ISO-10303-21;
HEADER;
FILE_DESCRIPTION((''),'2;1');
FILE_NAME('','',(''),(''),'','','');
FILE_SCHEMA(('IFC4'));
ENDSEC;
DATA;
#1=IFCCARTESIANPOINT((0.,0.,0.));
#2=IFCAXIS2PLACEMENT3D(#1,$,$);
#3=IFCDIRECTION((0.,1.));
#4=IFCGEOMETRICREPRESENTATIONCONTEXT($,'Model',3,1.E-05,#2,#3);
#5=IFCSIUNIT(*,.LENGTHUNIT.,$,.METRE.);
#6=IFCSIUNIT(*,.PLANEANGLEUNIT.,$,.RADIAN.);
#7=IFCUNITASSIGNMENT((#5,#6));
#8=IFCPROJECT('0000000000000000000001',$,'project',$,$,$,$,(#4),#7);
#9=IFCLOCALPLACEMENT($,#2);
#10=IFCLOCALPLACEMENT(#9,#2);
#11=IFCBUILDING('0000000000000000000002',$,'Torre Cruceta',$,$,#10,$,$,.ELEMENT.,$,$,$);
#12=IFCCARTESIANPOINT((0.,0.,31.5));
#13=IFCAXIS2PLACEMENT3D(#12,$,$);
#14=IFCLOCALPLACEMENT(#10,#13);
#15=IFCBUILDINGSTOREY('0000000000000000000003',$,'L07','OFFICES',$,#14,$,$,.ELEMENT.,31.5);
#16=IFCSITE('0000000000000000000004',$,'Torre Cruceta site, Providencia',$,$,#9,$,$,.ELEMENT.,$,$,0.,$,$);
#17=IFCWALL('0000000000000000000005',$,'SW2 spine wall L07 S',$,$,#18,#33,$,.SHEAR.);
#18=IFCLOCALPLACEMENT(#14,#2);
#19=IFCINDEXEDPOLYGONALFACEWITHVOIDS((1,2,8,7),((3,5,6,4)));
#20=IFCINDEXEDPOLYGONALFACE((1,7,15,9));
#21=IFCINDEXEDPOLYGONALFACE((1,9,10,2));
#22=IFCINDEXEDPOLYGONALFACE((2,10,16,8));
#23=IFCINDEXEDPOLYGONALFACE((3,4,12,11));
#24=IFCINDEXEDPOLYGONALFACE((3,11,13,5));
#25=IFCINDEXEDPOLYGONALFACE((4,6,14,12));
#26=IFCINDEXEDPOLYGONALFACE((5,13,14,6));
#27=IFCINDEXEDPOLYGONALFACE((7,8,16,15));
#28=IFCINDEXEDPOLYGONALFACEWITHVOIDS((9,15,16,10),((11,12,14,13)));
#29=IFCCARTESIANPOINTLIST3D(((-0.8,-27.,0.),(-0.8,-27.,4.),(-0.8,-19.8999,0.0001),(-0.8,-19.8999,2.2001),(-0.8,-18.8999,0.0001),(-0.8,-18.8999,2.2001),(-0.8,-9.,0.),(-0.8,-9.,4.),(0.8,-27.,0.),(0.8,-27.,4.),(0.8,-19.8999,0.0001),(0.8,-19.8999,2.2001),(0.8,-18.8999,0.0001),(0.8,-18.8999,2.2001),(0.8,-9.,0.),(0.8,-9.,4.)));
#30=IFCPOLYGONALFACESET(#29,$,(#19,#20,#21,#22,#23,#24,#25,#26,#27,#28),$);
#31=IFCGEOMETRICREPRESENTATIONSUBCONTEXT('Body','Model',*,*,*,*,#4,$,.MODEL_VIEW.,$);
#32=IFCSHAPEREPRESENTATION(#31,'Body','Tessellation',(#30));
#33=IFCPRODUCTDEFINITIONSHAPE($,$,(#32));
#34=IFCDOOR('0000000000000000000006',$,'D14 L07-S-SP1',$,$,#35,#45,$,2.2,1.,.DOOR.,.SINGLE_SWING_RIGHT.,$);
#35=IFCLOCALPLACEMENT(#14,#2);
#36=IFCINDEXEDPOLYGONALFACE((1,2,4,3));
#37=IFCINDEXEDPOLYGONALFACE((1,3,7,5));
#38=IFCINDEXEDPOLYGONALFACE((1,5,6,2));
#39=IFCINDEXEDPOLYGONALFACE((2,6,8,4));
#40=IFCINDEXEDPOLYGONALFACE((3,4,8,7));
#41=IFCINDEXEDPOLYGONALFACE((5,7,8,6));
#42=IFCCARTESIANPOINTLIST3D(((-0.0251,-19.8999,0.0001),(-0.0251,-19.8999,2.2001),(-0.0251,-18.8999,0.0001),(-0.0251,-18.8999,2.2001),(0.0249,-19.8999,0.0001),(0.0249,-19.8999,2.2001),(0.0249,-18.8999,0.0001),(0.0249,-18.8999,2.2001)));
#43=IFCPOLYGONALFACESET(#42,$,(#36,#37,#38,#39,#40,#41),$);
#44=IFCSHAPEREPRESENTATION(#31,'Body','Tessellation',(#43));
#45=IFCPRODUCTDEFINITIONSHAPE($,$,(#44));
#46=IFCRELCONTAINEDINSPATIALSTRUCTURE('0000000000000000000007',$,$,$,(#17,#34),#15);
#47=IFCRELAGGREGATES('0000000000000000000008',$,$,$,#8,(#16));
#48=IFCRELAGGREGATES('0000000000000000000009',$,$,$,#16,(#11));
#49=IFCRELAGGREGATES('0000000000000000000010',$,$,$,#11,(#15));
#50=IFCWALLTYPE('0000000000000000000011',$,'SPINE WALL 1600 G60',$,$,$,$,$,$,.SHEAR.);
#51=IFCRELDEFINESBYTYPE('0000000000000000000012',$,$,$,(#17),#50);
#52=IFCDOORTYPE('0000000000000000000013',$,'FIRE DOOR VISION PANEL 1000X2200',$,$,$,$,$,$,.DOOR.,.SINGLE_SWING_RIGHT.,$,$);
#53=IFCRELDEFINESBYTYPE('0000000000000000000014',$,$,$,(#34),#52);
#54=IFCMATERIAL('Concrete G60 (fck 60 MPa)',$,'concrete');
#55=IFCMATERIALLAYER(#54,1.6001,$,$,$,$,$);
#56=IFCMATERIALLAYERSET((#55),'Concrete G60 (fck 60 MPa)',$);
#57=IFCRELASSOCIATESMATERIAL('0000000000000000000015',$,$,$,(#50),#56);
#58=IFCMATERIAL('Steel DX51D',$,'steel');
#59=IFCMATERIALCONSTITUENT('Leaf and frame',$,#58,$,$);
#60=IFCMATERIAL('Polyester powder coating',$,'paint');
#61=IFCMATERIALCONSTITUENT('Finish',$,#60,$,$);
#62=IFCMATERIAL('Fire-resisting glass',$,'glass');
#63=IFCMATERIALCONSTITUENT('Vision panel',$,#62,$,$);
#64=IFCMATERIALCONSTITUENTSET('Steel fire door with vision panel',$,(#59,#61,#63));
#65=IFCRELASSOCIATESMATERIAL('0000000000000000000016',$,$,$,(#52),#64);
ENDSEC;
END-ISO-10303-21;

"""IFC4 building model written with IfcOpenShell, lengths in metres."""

from ifc_helpers import new_model, si_unit, direction, frame, frame_2d, origin, place, context, subcontext, project, spatial, rectangle, extrude, material, layer, layer_set, constituent, constituent_set, type_object, element, fill, save


model = new_model("IFC4")

# Units and contexts
model_context = context("Model", 3, precision=1e-05, world=origin(), true_north=direction((0.0, 1.0)))
body_context = subcontext(model_context, "Body", "Model", "MODEL_VIEW")
ifc_project = project(units=[si_unit("LENGTHUNIT", "METRE"), si_unit("PLANEANGLEUNIT", "RADIAN")], contexts=[model_context])

# Site, building, storey
site_placement = place(None, origin())
site = spatial("IfcSite", under=ifc_project, at=site_placement, Name="Torre Cruceta site, Providencia", CompositionType="ELEMENT", RefElevation=0.0)
building_placement = place(site_placement, origin())
building = spatial("IfcBuilding", under=site, at=building_placement, Name="Torre Cruceta", CompositionType="ELEMENT")
storey_placement = place(building_placement, frame((0.0, 0.0, 31.5)))
storey = spatial("IfcBuildingStorey", under=building, at=storey_placement, Name="L07", Description="OFFICES", CompositionType="ELEMENT", Elevation=31.5)

# Wall, opening, door
ifc_material_1 = material(Name="Concrete G60 (fck 60 MPa)", Category="concrete")
ifc_layer_1 = layer(ifc_material_1, 1.6001)
ifc_layer_set_1 = layer_set([ifc_layer_1], Name="Concrete G60 (fck 60 MPa)")
wall_type_1 = type_object("IfcWallType", Name="SPINE WALL 1600 G60", PredefinedType="SHEAR", material=ifc_layer_set_1)
wall_1_placement = place(storey_placement, frame((0.0, -9.0, 0.0), z_axis=(0.0, 0.0, 1.0), x_axis=(0.0, -1.0, 0.0)))
wall_1 = element("IfcWall", 1, at=wall_1_placement, inside=storey, type_object=wall_type_1, Name="SW2 spine wall L07 S", PredefinedType="SHEAR", context=body_context, shape_type="SweptSolid", body=[
    extrude(rectangle(XDim=18.0, YDim=1.6001, at=frame_2d((9.0, 0.0))), origin(), (0.0, 0.0, 1.0), 4.0),
])
opening_1_placement = place(wall_1_placement, frame((9.8999, 0.0, 0.0)))
opening_1 = element("IfcOpeningElement", 2, at=opening_1_placement, cuts=wall_1, PredefinedType="OPENING", context=body_context, shape_type="SweptSolid", body=[
    extrude(rectangle(XDim=1.0, YDim=2.2, at=frame_2d((0.5, 1.1001))), frame((0.0, 0.8101, 0.0), z_axis=(0.0, -1.0, 0.0), x_axis=(1.0, 0.0, 0.0)), (0.0, 0.0, 1.0), 1.6201),
])
ifc_material_2 = material(Name="Steel DX51D", Category="steel")
ifc_constituent_1 = constituent(ifc_material_2, Name="Leaf and frame")
ifc_material_3 = material(Name="Polyester powder coating", Category="paint")
ifc_constituent_2 = constituent(ifc_material_3, Name="Finish")
ifc_material_4 = material(Name="Fire-resisting glass", Category="glass")
ifc_constituent_3 = constituent(ifc_material_4, Name="Vision panel")
ifc_constituent_set_1 = constituent_set(constituents=[ifc_constituent_1, ifc_constituent_2, ifc_constituent_3], Name="Steel fire door with vision panel")
door_type_1 = type_object("IfcDoorType", Name="FIRE DOOR VISION PANEL 1000X2200", OperationType="SINGLE_SWING_RIGHT", PredefinedType="DOOR", material=ifc_constituent_set_1)
door_1_placement = place(opening_1_placement, origin())
door_1 = element("IfcDoor", 3, at=door_1_placement, inside=storey, type_object=door_type_1, Name="D14 L07-S-SP1", OperationType="SINGLE_SWING_RIGHT", OverallHeight=2.2, OverallWidth=1.0, PredefinedType="DOOR", context=body_context, shape_type="SweptSolid", body=[
    extrude(rectangle(XDim=1.0, YDim=2.2, at=frame_2d((0.5, 1.1001))), frame((0.0, 0.0249, 0.0), z_axis=(0.0, -1.0, 0.0), x_axis=(1.0, 0.0, 0.0)), (0.0, 0.0, 1.0), 0.05),
])
fill(opening_1, door_1)

save(model, "model.ifc")
